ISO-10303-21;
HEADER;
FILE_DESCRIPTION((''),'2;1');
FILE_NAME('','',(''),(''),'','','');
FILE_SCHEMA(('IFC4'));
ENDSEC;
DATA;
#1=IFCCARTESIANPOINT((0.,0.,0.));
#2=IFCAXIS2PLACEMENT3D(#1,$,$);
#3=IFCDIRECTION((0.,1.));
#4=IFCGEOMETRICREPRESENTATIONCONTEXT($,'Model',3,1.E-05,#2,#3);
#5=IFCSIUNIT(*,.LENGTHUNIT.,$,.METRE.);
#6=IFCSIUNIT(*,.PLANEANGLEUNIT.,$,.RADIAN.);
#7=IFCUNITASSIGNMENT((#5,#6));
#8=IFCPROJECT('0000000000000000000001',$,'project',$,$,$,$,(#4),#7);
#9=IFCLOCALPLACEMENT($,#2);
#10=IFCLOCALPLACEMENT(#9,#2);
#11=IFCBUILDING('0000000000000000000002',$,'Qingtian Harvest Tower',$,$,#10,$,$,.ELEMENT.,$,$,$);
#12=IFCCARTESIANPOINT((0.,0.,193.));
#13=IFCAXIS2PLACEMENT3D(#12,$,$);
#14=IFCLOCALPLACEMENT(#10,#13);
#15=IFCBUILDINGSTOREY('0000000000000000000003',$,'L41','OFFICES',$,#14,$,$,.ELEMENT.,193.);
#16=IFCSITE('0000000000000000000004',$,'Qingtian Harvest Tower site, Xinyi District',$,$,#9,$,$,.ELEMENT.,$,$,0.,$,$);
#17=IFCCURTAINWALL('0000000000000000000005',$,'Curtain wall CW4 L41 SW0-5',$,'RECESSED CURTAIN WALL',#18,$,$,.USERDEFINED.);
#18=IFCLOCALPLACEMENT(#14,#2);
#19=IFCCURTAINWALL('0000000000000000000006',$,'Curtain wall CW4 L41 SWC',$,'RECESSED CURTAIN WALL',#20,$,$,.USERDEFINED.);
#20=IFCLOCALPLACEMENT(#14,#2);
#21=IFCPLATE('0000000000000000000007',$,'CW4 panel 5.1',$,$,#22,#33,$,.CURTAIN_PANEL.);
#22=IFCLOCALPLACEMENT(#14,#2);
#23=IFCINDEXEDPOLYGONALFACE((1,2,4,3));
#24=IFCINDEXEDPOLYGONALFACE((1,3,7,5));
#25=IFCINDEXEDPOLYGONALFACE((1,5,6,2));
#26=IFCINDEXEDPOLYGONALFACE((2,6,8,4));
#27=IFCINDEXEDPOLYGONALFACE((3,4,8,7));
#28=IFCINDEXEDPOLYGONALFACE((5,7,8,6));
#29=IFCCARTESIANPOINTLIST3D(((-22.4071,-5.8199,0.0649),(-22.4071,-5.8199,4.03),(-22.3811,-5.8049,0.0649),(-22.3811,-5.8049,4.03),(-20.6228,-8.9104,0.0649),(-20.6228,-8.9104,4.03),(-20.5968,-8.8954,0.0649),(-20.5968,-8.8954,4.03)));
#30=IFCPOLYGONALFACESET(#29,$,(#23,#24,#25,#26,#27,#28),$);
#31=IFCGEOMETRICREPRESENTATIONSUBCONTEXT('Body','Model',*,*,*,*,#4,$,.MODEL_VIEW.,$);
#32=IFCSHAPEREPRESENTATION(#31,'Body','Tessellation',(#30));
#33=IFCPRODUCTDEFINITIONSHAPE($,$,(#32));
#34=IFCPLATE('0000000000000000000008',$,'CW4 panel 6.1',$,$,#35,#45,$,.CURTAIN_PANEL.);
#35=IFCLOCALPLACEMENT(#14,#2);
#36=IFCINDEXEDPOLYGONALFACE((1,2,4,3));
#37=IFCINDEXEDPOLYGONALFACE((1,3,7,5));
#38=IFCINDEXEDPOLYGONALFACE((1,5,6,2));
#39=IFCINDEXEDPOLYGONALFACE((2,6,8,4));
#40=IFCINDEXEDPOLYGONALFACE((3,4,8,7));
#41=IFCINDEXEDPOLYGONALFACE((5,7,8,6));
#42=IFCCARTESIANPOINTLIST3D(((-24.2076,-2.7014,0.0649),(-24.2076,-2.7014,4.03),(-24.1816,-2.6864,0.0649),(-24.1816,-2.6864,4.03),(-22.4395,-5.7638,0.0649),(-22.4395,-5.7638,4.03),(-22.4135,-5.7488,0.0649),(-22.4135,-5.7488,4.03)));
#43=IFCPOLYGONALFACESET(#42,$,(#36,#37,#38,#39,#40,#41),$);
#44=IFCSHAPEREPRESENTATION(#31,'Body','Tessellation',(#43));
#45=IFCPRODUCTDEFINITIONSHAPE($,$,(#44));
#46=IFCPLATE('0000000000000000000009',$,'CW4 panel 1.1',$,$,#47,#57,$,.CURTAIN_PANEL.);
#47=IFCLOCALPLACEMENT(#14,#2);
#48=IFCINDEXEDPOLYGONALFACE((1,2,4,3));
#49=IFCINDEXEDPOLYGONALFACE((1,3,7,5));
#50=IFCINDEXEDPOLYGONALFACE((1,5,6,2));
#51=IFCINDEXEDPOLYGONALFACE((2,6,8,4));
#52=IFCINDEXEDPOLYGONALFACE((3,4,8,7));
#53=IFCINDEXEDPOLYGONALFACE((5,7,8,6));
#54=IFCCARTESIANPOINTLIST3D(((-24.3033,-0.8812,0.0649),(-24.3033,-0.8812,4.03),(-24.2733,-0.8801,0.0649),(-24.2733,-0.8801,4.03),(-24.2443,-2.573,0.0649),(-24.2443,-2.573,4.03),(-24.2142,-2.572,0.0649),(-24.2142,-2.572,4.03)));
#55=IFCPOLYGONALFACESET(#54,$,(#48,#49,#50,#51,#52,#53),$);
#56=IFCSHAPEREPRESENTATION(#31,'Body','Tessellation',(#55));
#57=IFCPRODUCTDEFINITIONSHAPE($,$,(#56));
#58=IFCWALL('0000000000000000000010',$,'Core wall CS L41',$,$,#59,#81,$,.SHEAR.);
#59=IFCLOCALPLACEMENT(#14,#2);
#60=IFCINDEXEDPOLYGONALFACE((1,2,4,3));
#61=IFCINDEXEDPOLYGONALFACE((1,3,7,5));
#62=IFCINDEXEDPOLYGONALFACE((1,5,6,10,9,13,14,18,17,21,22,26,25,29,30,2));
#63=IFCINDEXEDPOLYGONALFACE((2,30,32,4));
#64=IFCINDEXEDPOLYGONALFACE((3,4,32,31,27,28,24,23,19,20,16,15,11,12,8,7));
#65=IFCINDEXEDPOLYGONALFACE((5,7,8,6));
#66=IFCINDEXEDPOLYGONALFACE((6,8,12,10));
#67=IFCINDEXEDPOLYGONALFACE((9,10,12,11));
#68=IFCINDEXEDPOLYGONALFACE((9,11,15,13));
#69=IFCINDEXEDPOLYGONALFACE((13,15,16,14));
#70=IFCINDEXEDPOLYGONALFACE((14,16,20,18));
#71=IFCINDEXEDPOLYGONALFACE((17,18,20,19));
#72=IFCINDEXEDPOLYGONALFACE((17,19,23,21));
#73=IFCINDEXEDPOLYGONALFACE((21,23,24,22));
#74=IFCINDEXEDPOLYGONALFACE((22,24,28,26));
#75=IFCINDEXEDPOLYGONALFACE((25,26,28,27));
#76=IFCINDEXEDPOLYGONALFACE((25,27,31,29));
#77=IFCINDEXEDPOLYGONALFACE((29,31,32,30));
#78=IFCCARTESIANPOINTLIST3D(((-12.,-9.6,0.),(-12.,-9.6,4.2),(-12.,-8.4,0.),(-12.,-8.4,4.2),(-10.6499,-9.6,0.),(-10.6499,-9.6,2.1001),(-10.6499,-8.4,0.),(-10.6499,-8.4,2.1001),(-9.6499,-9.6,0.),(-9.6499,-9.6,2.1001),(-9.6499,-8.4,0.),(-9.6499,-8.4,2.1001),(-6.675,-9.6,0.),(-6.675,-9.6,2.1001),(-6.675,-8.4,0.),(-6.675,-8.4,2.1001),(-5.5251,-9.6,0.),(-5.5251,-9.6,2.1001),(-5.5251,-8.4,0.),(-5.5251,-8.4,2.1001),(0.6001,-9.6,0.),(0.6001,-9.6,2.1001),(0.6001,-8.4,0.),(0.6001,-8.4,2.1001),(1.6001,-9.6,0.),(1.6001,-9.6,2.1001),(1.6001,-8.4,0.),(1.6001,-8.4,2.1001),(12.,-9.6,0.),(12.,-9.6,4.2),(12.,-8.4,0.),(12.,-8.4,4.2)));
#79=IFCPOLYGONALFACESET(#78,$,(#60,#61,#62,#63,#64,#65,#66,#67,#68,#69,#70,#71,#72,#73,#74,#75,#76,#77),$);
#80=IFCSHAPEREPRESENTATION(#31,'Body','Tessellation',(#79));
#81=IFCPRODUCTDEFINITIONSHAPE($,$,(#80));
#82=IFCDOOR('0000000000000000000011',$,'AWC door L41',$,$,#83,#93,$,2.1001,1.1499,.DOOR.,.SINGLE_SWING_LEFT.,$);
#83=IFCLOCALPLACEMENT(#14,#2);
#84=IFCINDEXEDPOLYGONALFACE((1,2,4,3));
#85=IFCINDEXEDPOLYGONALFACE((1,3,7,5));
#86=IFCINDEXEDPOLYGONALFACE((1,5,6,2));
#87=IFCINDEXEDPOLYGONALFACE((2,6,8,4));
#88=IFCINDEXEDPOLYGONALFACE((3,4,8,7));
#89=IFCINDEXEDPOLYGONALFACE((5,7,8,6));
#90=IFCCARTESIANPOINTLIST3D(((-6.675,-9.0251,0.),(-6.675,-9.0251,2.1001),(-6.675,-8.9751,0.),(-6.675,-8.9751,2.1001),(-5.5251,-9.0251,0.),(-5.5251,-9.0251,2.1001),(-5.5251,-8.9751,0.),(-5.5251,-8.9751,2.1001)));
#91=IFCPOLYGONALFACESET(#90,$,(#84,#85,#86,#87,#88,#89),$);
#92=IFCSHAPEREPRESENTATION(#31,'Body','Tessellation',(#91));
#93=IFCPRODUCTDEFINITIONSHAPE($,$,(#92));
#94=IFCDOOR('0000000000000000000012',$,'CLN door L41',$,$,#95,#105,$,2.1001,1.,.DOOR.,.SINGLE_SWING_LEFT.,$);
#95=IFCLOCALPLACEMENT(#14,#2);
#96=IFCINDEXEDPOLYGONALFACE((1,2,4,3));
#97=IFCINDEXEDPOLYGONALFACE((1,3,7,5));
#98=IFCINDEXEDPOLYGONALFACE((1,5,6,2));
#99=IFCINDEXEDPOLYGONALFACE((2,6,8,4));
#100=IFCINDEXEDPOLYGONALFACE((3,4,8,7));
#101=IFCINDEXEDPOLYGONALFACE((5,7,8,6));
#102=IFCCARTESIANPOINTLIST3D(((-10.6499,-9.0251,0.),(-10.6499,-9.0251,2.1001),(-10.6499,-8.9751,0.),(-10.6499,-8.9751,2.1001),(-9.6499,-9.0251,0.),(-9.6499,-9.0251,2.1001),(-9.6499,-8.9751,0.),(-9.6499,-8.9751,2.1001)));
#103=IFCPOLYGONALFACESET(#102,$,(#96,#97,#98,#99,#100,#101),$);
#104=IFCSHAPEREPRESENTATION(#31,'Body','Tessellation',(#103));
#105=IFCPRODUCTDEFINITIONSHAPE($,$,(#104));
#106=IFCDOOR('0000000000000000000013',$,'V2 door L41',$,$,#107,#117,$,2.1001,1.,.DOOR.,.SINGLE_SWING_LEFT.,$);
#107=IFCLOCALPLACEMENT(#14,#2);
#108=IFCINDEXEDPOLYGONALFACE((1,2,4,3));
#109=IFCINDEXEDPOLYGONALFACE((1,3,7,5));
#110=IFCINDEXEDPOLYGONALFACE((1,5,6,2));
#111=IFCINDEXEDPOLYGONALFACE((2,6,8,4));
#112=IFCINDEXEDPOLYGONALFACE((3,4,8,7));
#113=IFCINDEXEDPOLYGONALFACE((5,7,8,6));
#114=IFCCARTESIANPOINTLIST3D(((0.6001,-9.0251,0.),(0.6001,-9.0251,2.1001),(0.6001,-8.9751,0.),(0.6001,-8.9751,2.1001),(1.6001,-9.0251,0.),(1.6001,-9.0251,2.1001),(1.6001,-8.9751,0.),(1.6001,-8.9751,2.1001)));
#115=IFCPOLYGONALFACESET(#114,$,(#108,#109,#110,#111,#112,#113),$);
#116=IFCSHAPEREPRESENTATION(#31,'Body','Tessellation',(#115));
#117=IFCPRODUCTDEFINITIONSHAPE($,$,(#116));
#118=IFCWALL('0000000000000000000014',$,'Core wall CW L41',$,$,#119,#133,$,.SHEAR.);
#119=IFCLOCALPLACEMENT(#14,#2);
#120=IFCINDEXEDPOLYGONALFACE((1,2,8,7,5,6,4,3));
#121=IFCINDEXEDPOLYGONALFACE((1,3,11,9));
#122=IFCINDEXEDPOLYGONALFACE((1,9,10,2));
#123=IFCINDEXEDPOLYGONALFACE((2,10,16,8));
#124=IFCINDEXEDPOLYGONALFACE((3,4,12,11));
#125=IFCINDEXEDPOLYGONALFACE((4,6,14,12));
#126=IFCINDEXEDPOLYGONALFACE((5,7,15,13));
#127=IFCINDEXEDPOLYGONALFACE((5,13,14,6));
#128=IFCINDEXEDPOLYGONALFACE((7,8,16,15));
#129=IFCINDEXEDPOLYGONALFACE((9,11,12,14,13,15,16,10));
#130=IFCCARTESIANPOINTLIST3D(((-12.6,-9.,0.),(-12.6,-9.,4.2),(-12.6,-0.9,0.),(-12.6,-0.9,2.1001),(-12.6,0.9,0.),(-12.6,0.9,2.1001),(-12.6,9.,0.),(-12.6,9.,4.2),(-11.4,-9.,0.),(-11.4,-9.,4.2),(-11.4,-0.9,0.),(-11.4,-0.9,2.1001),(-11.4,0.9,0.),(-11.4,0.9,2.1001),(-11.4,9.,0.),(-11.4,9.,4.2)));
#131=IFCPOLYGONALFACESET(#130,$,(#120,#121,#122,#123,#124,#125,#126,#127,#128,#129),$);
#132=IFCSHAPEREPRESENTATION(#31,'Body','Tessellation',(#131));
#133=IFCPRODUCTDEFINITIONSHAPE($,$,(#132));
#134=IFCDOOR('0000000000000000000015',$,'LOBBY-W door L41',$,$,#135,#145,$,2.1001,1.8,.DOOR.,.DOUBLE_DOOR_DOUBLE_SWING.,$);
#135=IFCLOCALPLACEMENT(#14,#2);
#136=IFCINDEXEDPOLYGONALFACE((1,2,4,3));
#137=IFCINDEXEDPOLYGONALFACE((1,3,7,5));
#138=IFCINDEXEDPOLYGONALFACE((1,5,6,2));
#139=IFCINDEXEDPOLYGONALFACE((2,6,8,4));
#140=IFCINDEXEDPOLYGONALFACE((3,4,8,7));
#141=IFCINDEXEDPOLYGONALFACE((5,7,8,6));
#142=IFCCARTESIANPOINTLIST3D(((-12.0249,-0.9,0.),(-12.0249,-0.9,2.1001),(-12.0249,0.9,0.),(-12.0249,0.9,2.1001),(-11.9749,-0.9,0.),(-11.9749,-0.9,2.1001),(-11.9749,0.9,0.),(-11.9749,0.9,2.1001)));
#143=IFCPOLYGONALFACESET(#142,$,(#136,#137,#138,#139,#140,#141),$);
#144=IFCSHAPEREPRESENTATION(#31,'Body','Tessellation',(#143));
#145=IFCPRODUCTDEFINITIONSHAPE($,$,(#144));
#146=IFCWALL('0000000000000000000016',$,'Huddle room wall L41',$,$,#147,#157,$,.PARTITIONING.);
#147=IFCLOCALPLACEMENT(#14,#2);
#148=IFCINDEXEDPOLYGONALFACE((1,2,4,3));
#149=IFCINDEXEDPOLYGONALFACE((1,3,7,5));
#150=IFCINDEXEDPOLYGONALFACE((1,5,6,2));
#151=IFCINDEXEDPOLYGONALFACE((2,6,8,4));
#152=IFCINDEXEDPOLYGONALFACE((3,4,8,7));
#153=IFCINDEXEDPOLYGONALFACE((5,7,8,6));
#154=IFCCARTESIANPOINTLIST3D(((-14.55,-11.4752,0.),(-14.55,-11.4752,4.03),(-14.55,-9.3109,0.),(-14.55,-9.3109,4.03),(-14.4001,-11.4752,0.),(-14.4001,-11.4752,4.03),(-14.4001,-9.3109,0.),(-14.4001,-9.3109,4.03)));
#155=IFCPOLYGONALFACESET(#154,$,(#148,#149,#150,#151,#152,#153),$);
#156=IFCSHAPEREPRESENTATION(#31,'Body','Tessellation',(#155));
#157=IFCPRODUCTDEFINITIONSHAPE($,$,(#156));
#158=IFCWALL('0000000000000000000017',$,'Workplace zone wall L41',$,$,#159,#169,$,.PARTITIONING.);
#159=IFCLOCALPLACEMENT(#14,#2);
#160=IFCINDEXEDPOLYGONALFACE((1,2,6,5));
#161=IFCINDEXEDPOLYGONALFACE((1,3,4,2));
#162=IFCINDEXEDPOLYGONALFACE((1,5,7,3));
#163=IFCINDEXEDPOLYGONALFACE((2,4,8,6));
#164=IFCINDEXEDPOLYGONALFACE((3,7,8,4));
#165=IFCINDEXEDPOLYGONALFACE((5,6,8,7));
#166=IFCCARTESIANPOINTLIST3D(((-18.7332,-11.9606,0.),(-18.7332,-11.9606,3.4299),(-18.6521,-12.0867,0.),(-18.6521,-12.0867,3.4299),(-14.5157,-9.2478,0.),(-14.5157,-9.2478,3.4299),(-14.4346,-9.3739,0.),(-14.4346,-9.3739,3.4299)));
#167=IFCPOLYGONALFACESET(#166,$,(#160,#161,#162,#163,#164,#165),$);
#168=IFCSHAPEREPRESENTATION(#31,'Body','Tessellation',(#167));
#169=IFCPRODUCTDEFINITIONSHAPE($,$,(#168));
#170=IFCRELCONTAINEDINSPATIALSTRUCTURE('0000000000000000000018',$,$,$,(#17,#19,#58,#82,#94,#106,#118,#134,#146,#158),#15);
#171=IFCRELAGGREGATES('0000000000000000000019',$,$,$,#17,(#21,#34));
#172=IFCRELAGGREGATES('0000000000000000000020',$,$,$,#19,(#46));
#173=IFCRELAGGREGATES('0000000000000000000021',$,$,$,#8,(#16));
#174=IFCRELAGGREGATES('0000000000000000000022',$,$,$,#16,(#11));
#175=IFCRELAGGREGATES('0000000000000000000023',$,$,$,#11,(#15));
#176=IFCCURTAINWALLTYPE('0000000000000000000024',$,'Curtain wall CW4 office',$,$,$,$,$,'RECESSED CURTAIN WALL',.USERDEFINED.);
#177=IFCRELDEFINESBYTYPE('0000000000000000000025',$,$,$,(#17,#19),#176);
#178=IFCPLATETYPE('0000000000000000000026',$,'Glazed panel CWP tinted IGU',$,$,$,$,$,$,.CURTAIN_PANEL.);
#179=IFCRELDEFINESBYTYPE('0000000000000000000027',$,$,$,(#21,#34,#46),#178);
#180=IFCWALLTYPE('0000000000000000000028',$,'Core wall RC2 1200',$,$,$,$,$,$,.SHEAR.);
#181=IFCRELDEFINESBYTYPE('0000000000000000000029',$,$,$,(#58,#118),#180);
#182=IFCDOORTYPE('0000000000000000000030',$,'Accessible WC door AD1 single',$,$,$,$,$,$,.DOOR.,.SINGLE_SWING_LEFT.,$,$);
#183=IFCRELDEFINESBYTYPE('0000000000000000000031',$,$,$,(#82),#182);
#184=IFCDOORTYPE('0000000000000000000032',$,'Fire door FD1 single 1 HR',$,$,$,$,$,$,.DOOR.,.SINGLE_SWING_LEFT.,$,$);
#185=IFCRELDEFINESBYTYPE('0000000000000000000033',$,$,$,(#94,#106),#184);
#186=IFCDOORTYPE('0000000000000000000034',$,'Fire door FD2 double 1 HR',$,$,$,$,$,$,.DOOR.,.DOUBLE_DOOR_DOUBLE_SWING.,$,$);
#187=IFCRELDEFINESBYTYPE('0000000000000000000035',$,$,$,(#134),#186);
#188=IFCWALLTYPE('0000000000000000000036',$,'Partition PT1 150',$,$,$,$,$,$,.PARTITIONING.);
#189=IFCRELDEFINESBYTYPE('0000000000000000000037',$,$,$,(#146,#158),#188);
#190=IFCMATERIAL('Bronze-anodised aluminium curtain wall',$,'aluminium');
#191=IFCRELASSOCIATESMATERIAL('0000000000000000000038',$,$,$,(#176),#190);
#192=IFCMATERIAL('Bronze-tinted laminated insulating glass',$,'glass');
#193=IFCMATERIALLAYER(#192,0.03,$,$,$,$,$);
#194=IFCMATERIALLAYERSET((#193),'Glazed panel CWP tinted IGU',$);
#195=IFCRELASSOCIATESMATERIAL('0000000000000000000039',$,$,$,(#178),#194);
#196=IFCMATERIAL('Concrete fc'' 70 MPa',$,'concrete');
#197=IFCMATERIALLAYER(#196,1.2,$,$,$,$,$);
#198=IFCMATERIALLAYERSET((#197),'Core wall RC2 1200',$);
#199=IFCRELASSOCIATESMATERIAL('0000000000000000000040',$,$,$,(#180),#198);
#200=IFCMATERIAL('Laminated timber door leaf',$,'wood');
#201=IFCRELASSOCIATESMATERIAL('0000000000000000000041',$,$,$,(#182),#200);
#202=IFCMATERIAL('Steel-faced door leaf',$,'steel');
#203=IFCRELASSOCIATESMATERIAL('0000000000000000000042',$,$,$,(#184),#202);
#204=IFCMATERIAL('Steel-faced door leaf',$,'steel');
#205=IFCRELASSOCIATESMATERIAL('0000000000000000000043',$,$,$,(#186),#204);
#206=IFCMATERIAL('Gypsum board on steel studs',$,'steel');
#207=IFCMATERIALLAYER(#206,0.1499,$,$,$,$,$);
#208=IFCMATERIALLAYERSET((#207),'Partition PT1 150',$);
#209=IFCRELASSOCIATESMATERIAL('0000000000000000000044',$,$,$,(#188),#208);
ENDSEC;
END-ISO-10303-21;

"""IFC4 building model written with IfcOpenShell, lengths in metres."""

from ifc_helpers import new_model, si_unit, direction, frame, frame_2d, origin, origin_2d, place, context, subcontext, project, spatial, rectangle, extrude, material, layer, layer_set, type_object, element, fill, aggregate, save


model = new_model("IFC4")

# Units and contexts
model_context = context("Model", 3, precision=1e-05, world=origin(), true_north=direction((0.0, 1.0)))
body_context = subcontext(model_context, "Body", "Model", "MODEL_VIEW")
ifc_project = project(units=[si_unit("LENGTHUNIT", "METRE"), si_unit("PLANEANGLEUNIT", "RADIAN")], contexts=[model_context])

# Site, building, storey
site_placement = place(None, origin())
site = spatial("IfcSite", under=ifc_project, at=site_placement, Name="Qingtian Harvest Tower site, Xinyi District", CompositionType="ELEMENT", RefElevation=0.0)
building_placement = place(site_placement, origin())
building = spatial("IfcBuilding", under=site, at=building_placement, Name="Qingtian Harvest Tower", CompositionType="ELEMENT")
storey_placement = place(building_placement, frame((0.0, 0.0, 193.0)))
storey = spatial("IfcBuildingStorey", under=building, at=storey_placement, Name="L41", Description="OFFICES", CompositionType="ELEMENT", Elevation=193.0)

# Curtain walls
ifc_material_1 = material(Name="Bronze-anodised aluminium curtain wall", Category="aluminium")
curtain_wall_type = type_object("IfcCurtainWallType", Name="Curtain wall CW4 office", ElementType="RECESSED CURTAIN WALL", PredefinedType="USERDEFINED", material=ifc_material_1)
curtain_wall_1_placement = place(storey_placement, origin())
curtain_wall_1 = element("IfcCurtainWall", 1, at=curtain_wall_1_placement, inside=storey, type_object=curtain_wall_type, Name="Curtain wall CW4 L41 SW0-5", ObjectType="RECESSED CURTAIN WALL", PredefinedType="USERDEFINED")
curtain_wall_2_placement = place(storey_placement, origin())
curtain_wall_2 = element("IfcCurtainWall", 2, at=curtain_wall_2_placement, inside=storey, type_object=curtain_wall_type, Name="Curtain wall CW4 L41 SWC", ObjectType="RECESSED CURTAIN WALL", PredefinedType="USERDEFINED")

# Plates
ifc_material_2 = material(Name="Bronze-tinted laminated insulating glass", Category="glass")
ifc_layer_1 = layer(ifc_material_2, 0.03)
ifc_layer_set_1 = layer_set([ifc_layer_1], Name="Glazed panel CWP tinted IGU")
plate_type = type_object("IfcPlateType", Name="Glazed panel CWP tinted IGU", PredefinedType="CURTAIN_PANEL", material=ifc_layer_set_1)
plate_1_placement = place(storey_placement, frame((-21.502, -7.3577, 0.0649), z_axis=(0.0, 0.0, 1.0), x_axis=(-0.5, 0.866025, 0.0)))
plate_1 = element("IfcPlate", 3, at=plate_1_placement, type_object=plate_type, Name="CW4 panel 5.1", PredefinedType="CURTAIN_PANEL", context=body_context, shape_type="SweptSolid", body=[
    extrude(rectangle(XDim=3.5686, YDim=0.03, at=origin_2d()), origin(), (0.0, 0.0, 1.0), 3.9651),
])
plate_2_placement = place(storey_placement, frame((-23.3105, -4.2251, 0.0649), z_axis=(0.0, 0.0, 1.0), x_axis=(-0.5, 0.866025, 0.0)))
plate_2 = element("IfcPlate", 4, at=plate_2_placement, type_object=plate_type, Name="CW4 panel 6.1", PredefinedType="CURTAIN_PANEL", context=body_context, shape_type="SweptSolid", body=[
    extrude(rectangle(XDim=3.5361, YDim=0.03, at=origin_2d()), origin(), (0.0, 0.0, 1.0), 3.9651),
])
aggregate(curtain_wall_1, [plate_1, plate_2])
plate_3_placement = place(storey_placement, frame((-24.2588, -1.7266, 0.0649), z_axis=(0.0, 0.0, 1.0), x_axis=(-0.034899, 0.999391, 0.0)))
plate_3 = element("IfcPlate", 5, at=plate_3_placement, type_object=plate_type, Name="CW4 panel 1.1", PredefinedType="CURTAIN_PANEL", context=body_context, shape_type="SweptSolid", body=[
    extrude(rectangle(XDim=1.6929, YDim=0.03, at=origin_2d()), origin(), (0.0, 0.0, 1.0), 3.9651),
])
aggregate(curtain_wall_2, [plate_3])

# Wall, openings, doors
ifc_material_3 = material(Name="Concrete fc' 70 MPa", Category="concrete")
ifc_layer_2 = layer(ifc_material_3, 1.2)
ifc_layer_set_2 = layer_set([ifc_layer_2], Name="Core wall RC2 1200")
wall_type_1 = type_object("IfcWallType", Name="Core wall RC2 1200", PredefinedType="SHEAR", material=ifc_layer_set_2)
wall_1_placement = place(storey_placement, frame((-12.0, -9.0, 0.0), z_axis=(0.0, 0.0, 1.0), x_axis=(1.0, 0.0, 0.0)))
wall_1 = element("IfcWall", 6, at=wall_1_placement, inside=storey, type_object=wall_type_1, Name="Core wall CS L41", PredefinedType="SHEAR", context=body_context, shape_type="SweptSolid", body=[
    extrude(rectangle(XDim=24.0, YDim=1.2, at=frame_2d((12.0, 0.0))), origin(), (0.0, 0.0, 1.0), 4.2),
])
opening_1_placement = place(wall_1_placement, frame((1.3501, 0.0, 0.0)))
opening_1 = element("IfcOpeningElement", 7, at=opening_1_placement, cuts=wall_1, PredefinedType="OPENING", context=body_context, shape_type="SweptSolid", body=[
    extrude(rectangle(XDim=1.0, YDim=2.1001, at=frame_2d((0.5, 1.05))), frame((0.0, 0.6099, 0.0), z_axis=(0.0, -1.0, 0.0), x_axis=(1.0, 0.0, 0.0)), (0.0, 0.0, 1.0), 1.22),
])
opening_2_placement = place(wall_1_placement, frame((5.325, 0.0, 0.0)))
opening_2 = element("IfcOpeningElement", 8, at=opening_2_placement, cuts=wall_1, PredefinedType="OPENING", context=body_context, shape_type="SweptSolid", body=[
    extrude(rectangle(XDim=1.1499, YDim=2.1001, at=frame_2d((0.575, 1.05))), frame((0.0, 0.6099, 0.0), z_axis=(0.0, -1.0, 0.0), x_axis=(1.0, 0.0, 0.0)), (0.0, 0.0, 1.0), 1.22),
])
opening_3_placement = place(wall_1_placement, frame((12.6001, 0.0, 0.0)))
opening_3 = element("IfcOpeningElement", 9, at=opening_3_placement, cuts=wall_1, PredefinedType="OPENING", context=body_context, shape_type="SweptSolid", body=[
    extrude(rectangle(XDim=1.0, YDim=2.1001, at=frame_2d((0.5, 1.05))), frame((0.0, 0.6099, 0.0), z_axis=(0.0, -1.0, 0.0), x_axis=(1.0, 0.0, 0.0)), (0.0, 0.0, 1.0), 1.22),
])
ifc_material_4 = material(Name="Laminated timber door leaf", Category="wood")
door_type_1 = type_object("IfcDoorType", Name="Accessible WC door AD1 single", OperationType="SINGLE_SWING_LEFT", PredefinedType="DOOR", material=ifc_material_4)
door_1_placement = place(opening_2_placement, origin())
door_1 = element("IfcDoor", 10, at=door_1_placement, inside=storey, type_object=door_type_1, Name="AWC door L41", OperationType="SINGLE_SWING_LEFT", OverallHeight=2.1001, OverallWidth=1.1499, PredefinedType="DOOR", context=body_context, shape_type="SweptSolid", body=[
    extrude(rectangle(XDim=1.1499, YDim=2.1001, at=frame_2d((0.575, 1.05))), frame((0.0, 0.0249, 0.0), z_axis=(0.0, -1.0, 0.0), x_axis=(1.0, 0.0, 0.0)), (0.0, 0.0, 1.0), 0.05),
])
fill(opening_2, door_1)
ifc_material_5 = material(Name="Steel-faced door leaf", Category="steel")
door_type_2 = type_object("IfcDoorType", Name="Fire door FD1 single 1 HR", OperationType="SINGLE_SWING_LEFT", PredefinedType="DOOR", material=ifc_material_5)
door_2_placement = place(opening_1_placement, origin())
door_2 = element("IfcDoor", 11, at=door_2_placement, inside=storey, type_object=door_type_2, Name="CLN door L41", OperationType="SINGLE_SWING_LEFT", OverallHeight=2.1001, OverallWidth=1.0, PredefinedType="DOOR", context=body_context, shape_type="SweptSolid", body=[
    extrude(rectangle(XDim=1.0, YDim=2.1001, at=frame_2d((0.5, 1.05))), frame((0.0, 0.0249, 0.0), z_axis=(0.0, -1.0, 0.0), x_axis=(1.0, 0.0, 0.0)), (0.0, 0.0, 1.0), 0.05),
])
fill(opening_1, door_2)
door_3_placement = place(opening_3_placement, origin())
door_3 = element("IfcDoor", 12, at=door_3_placement, inside=storey, type_object=door_type_2, Name="V2 door L41", OperationType="SINGLE_SWING_LEFT", OverallHeight=2.1001, OverallWidth=1.0, PredefinedType="DOOR", context=body_context, shape_type="SweptSolid", body=[
    extrude(rectangle(XDim=1.0, YDim=2.1001, at=frame_2d((0.5, 1.05))), frame((0.0, 0.0249, 0.0), z_axis=(0.0, -1.0, 0.0), x_axis=(1.0, 0.0, 0.0)), (0.0, 0.0, 1.0), 0.05),
])
fill(opening_3, door_3)

# Wall, opening, door
wall_2_placement = place(storey_placement, frame((-12.0, -9.0, 0.0), z_axis=(0.0, 0.0, 1.0), x_axis=(0.0, 1.0, 0.0)))
wall_2 = element("IfcWall", 13, at=wall_2_placement, inside=storey, type_object=wall_type_1, Name="Core wall CW L41", PredefinedType="SHEAR", context=body_context, shape_type="SweptSolid", body=[
    extrude(rectangle(XDim=18.0, YDim=1.2, at=frame_2d((9.0, 0.0))), origin(), (0.0, 0.0, 1.0), 4.2),
])
opening_4_placement = place(wall_2_placement, frame((8.1001, 0.0, 0.0)))
opening_4 = element("IfcOpeningElement", 14, at=opening_4_placement, cuts=wall_2, PredefinedType="OPENING", context=body_context, shape_type="SweptSolid", body=[
    extrude(rectangle(XDim=1.8, YDim=2.1001, at=frame_2d((0.8999, 1.05))), frame((0.0, 0.6099, 0.0), z_axis=(0.0, -1.0, 0.0), x_axis=(1.0, 0.0, 0.0)), (0.0, 0.0, 1.0), 1.22),
])
ifc_material_6 = material(Name="Steel-faced door leaf", Category="steel")
door_type_3 = type_object("IfcDoorType", Name="Fire door FD2 double 1 HR", OperationType="DOUBLE_DOOR_DOUBLE_SWING", PredefinedType="DOOR", material=ifc_material_6)
door_4_placement = place(opening_4_placement, origin())
door_4 = element("IfcDoor", 15, at=door_4_placement, inside=storey, type_object=door_type_3, Name="LOBBY-W door L41", OperationType="DOUBLE_DOOR_DOUBLE_SWING", OverallHeight=2.1001, OverallWidth=1.8, PredefinedType="DOOR", context=body_context, shape_type="SweptSolid", body=[
    extrude(rectangle(XDim=1.8, YDim=2.1001, at=frame_2d((0.8999, 1.05))), frame((0.0, 0.0249, 0.0), z_axis=(0.0, -1.0, 0.0), x_axis=(1.0, 0.0, 0.0)), (0.0, 0.0, 1.0), 0.05),
])
fill(opening_4, door_4)

# Walls
ifc_material_7 = material(Name="Gypsum board on steel studs", Category="steel")
ifc_layer_3 = layer(ifc_material_7, 0.1499)
ifc_layer_set_3 = layer_set([ifc_layer_3], Name="Partition PT1 150")
wall_type_2 = type_object("IfcWallType", Name="Partition PT1 150", PredefinedType="PARTITIONING", material=ifc_layer_set_3)
wall_3_placement = place(storey_placement, frame((-14.4751, -11.4751, 0.0), z_axis=(0.0, 0.0, 1.0), x_axis=(0.0, 1.0, 0.0)))
element("IfcWall", 16, at=wall_3_placement, inside=storey, type_object=wall_type_2, Name="Huddle room wall L41", PredefinedType="PARTITIONING", context=body_context, shape_type="SweptSolid", body=[
    extrude(rectangle(XDim=2.1643, YDim=0.1499, at=frame_2d((1.082, 0.0))), origin(), (0.0, 0.0, 1.0), 4.03),
])
wall_4_placement = place(storey_placement, frame((-18.6926, -12.0237, 0.0), z_axis=(0.0, 0.0, 1.0), x_axis=(0.841031, 0.540986, 0.0)))
element("IfcWall", 17, at=wall_4_placement, inside=storey, type_object=wall_type_2, Name="Workplace zone wall L41", PredefinedType="PARTITIONING", context=body_context, shape_type="SweptSolid", body=[
    extrude(rectangle(XDim=5.0146, YDim=0.1499, at=frame_2d((2.5073, 0.0))), origin(), (0.0, 0.0, 1.0), 3.4299),
])

save(model, "model.ifc")
